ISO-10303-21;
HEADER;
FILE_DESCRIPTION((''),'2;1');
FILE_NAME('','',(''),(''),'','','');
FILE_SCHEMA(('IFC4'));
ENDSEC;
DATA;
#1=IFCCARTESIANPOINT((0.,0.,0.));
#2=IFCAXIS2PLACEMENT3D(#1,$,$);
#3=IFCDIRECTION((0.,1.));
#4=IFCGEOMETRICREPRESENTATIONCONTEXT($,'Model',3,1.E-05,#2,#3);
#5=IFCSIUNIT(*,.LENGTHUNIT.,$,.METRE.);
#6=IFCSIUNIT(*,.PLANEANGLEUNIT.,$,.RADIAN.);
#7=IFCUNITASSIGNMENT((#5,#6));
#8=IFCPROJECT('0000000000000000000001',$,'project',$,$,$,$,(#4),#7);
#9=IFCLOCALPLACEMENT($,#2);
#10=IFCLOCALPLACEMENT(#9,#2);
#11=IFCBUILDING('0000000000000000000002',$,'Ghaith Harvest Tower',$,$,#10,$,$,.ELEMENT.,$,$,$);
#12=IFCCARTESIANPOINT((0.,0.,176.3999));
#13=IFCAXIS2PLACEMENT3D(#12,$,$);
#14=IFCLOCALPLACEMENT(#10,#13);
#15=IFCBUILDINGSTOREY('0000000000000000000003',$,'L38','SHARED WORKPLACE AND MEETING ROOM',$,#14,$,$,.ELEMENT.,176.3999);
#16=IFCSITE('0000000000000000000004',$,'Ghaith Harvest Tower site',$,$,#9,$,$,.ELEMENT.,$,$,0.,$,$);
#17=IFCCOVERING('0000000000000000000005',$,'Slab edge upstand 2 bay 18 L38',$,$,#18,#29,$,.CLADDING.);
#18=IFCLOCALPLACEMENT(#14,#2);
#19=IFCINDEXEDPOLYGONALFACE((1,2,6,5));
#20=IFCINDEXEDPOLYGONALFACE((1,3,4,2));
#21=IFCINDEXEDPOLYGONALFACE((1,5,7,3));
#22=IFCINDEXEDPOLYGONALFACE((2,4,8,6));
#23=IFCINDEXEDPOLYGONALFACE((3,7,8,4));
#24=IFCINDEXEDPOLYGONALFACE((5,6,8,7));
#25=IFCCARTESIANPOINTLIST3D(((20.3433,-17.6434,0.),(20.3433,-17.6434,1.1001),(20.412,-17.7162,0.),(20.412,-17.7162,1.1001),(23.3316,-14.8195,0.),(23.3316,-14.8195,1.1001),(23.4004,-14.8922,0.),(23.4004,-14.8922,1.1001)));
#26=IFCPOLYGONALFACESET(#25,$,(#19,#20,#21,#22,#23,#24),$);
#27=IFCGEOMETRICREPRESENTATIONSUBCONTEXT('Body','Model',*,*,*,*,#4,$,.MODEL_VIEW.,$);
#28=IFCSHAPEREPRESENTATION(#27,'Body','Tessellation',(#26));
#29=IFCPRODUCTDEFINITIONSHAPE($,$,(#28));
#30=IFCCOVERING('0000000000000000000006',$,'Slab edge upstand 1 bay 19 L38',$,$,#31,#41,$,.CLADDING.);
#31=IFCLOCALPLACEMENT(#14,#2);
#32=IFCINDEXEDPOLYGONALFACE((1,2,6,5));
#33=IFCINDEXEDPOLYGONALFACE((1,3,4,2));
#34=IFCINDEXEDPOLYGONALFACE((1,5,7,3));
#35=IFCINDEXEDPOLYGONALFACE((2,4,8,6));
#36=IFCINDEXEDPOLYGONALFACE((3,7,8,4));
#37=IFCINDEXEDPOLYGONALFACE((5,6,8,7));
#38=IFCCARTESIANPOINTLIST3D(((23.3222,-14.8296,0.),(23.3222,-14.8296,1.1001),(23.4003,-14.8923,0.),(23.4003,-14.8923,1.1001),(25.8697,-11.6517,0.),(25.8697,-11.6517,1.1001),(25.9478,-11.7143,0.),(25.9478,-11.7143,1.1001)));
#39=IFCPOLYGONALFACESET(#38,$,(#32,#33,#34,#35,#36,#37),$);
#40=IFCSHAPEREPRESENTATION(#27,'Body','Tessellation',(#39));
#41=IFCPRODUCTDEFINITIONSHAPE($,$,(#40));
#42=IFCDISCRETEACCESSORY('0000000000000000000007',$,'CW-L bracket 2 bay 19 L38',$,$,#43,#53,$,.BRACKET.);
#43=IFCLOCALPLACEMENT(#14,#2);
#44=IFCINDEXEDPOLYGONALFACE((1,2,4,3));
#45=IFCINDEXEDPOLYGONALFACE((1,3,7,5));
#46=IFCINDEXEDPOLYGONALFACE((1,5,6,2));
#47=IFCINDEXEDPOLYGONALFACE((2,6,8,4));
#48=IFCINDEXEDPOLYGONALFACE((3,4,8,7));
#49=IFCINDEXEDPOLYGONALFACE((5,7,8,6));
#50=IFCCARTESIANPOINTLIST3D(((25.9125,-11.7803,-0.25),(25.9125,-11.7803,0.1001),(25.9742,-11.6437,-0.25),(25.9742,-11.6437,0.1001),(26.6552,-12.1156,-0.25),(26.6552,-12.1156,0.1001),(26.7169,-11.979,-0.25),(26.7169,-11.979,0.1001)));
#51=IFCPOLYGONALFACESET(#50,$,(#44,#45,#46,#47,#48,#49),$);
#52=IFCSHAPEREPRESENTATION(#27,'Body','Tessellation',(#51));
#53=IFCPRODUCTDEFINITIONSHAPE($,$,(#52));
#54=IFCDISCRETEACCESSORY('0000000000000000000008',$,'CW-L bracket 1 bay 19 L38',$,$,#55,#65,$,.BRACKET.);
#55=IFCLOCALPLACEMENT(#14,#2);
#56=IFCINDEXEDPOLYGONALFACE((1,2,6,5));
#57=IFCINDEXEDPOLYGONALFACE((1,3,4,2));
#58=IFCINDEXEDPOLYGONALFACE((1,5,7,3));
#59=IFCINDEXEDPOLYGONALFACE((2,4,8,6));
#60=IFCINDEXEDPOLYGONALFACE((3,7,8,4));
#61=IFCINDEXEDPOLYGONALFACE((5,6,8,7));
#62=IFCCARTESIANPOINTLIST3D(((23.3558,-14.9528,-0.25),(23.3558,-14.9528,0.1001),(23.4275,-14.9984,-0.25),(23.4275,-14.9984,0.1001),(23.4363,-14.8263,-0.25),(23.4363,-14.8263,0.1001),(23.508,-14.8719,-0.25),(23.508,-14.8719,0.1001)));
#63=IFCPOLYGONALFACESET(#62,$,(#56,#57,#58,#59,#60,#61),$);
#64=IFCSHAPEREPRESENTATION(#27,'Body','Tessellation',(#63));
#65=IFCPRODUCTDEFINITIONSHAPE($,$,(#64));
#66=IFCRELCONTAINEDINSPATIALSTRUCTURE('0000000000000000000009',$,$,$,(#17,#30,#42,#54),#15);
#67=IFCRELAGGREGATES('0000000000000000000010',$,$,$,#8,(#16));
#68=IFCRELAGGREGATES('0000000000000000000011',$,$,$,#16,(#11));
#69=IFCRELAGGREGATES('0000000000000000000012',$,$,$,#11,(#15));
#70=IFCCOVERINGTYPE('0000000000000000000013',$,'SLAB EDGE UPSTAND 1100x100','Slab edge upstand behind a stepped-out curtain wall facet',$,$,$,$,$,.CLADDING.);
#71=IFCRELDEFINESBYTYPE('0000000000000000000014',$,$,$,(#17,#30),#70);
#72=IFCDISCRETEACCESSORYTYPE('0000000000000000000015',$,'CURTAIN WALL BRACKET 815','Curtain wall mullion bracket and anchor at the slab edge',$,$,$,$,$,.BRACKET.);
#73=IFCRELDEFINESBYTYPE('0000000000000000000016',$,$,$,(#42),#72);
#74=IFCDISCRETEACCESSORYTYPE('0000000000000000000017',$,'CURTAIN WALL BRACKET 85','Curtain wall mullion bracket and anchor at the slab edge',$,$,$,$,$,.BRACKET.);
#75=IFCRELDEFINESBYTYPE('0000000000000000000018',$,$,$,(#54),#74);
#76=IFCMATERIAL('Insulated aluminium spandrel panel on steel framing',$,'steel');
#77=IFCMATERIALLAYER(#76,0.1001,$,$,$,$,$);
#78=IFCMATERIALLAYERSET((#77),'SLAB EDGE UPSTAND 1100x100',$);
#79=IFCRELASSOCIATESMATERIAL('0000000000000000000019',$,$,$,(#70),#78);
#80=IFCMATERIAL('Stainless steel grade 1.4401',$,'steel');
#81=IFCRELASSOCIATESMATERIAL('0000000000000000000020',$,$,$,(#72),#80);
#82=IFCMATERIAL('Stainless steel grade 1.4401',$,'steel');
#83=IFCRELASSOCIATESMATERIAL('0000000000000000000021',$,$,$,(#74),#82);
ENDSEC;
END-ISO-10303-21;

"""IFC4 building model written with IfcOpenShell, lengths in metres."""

from ifc_helpers import new_model, si_unit, direction, frame, origin, origin_2d, place, context, subcontext, project, spatial, rectangle, extrude, material, layer, layer_set, type_object, element, save


model = new_model("IFC4")

# Units and contexts
model_context = context("Model", 3, precision=1e-05, world=origin(), true_north=direction((0.0, 1.0)))
body_context = subcontext(model_context, "Body", "Model", "MODEL_VIEW")
ifc_project = project(units=[si_unit("LENGTHUNIT", "METRE"), si_unit("PLANEANGLEUNIT", "RADIAN")], contexts=[model_context])

# Site, building, storey
site_placement = place(None, origin())
site = spatial("IfcSite", under=ifc_project, at=site_placement, Name="Ghaith Harvest Tower site", CompositionType="ELEMENT", RefElevation=0.0)
building_placement = place(site_placement, origin())
building = spatial("IfcBuilding", under=site, at=building_placement, Name="Ghaith Harvest Tower", CompositionType="ELEMENT")
storey_placement = place(building_placement, frame((0.0, 0.0, 176.3999)))
storey = spatial("IfcBuildingStorey", under=building, at=storey_placement, Name="L38", Description="SHARED WORKPLACE AND MEETING ROOM", CompositionType="ELEMENT", Elevation=176.3999)

# Coverings
ifc_material_1 = material(Name="Insulated aluminium spandrel panel on steel framing", Category="steel")
ifc_layer_1 = layer(ifc_material_1, 0.1001)
ifc_layer_set_1 = layer_set([ifc_layer_1], Name="SLAB EDGE UPSTAND 1100x100")
covering_type = type_object("IfcCoveringType", Name="SLAB EDGE UPSTAND 1100x100", Description="Slab edge upstand behind a stepped-out curtain wall facet", PredefinedType="CLADDING", material=ifc_layer_set_1)
covering_1_placement = place(storey_placement, frame((21.8718, -16.2678, 0.0), z_axis=(0.0, 0.0, 1.0), x_axis=(0.72681, 0.686839, 0.0)))
element("IfcCovering", 1, at=covering_1_placement, inside=storey, type_object=covering_type, Name="Slab edge upstand 2 bay 18 L38", PredefinedType="CLADDING", context=body_context, shape_type="SweptSolid", body=[
    extrude(rectangle(XDim=4.1116, YDim=0.1001, at=origin_2d()), origin(), (0.0, 0.0, 1.0), 1.1001),
])
covering_2_placement = place(storey_placement, frame((24.635, -13.272, 0.0), z_axis=(0.0, 0.0, 1.0), x_axis=(0.625468, 0.78025, 0.0)))
element("IfcCovering", 2, at=covering_2_placement, inside=storey, type_object=covering_type, Name="Slab edge upstand 1 bay 19 L38", PredefinedType="CLADDING", context=body_context, shape_type="SweptSolid", body=[
    extrude(rectangle(XDim=4.073, YDim=0.1001, at=origin_2d()), origin(), (0.0, 0.0, 1.0), 1.1001),
])

# Discrete accessories
ifc_material_2 = material(Name="Stainless steel grade 1.4401", Category="steel")
discrete_accessory_type_1 = type_object("IfcDiscreteAccessoryType", Name="CURTAIN WALL BRACKET 815", Description="Curtain wall mullion bracket and anchor at the slab edge", PredefinedType="BRACKET", material=ifc_material_2)
discrete_accessory_1_placement = place(storey_placement, frame((26.3147, -11.8796, -0.25), z_axis=(0.0, 0.0, 1.0), x_axis=(0.911427, -0.411462, 0.0)))
element("IfcDiscreteAccessory", 3, at=discrete_accessory_1_placement, inside=storey, type_object=discrete_accessory_type_1, Name="CW-L bracket 2 bay 19 L38", PredefinedType="BRACKET", context=body_context, shape_type="SweptSolid", body=[
    extrude(rectangle(XDim=0.8149, YDim=0.1499, at=origin_2d()), origin(), (0.0, 0.0, 1.0), 0.3501),
])
ifc_material_3 = material(Name="Stainless steel grade 1.4401", Category="steel")
discrete_accessory_type_2 = type_object("IfcDiscreteAccessoryType", Name="CURTAIN WALL BRACKET 85", Description="Curtain wall mullion bracket and anchor at the slab edge", PredefinedType="BRACKET", material=ifc_material_3)
discrete_accessory_2_placement = place(storey_placement, frame((23.4319, -14.9124, -0.25), z_axis=(0.0, 0.0, 1.0), x_axis=(0.843644, -0.536903, 0.0)))
element("IfcDiscreteAccessory", 4, at=discrete_accessory_2_placement, inside=storey, type_object=discrete_accessory_type_2, Name="CW-L bracket 1 bay 19 L38", PredefinedType="BRACKET", context=body_context, shape_type="SweptSolid", body=[
    extrude(rectangle(XDim=0.085, YDim=0.1499, at=origin_2d()), origin(), (0.0, 0.0, 1.0), 0.3501),
])

save(model, "model.ifc")
